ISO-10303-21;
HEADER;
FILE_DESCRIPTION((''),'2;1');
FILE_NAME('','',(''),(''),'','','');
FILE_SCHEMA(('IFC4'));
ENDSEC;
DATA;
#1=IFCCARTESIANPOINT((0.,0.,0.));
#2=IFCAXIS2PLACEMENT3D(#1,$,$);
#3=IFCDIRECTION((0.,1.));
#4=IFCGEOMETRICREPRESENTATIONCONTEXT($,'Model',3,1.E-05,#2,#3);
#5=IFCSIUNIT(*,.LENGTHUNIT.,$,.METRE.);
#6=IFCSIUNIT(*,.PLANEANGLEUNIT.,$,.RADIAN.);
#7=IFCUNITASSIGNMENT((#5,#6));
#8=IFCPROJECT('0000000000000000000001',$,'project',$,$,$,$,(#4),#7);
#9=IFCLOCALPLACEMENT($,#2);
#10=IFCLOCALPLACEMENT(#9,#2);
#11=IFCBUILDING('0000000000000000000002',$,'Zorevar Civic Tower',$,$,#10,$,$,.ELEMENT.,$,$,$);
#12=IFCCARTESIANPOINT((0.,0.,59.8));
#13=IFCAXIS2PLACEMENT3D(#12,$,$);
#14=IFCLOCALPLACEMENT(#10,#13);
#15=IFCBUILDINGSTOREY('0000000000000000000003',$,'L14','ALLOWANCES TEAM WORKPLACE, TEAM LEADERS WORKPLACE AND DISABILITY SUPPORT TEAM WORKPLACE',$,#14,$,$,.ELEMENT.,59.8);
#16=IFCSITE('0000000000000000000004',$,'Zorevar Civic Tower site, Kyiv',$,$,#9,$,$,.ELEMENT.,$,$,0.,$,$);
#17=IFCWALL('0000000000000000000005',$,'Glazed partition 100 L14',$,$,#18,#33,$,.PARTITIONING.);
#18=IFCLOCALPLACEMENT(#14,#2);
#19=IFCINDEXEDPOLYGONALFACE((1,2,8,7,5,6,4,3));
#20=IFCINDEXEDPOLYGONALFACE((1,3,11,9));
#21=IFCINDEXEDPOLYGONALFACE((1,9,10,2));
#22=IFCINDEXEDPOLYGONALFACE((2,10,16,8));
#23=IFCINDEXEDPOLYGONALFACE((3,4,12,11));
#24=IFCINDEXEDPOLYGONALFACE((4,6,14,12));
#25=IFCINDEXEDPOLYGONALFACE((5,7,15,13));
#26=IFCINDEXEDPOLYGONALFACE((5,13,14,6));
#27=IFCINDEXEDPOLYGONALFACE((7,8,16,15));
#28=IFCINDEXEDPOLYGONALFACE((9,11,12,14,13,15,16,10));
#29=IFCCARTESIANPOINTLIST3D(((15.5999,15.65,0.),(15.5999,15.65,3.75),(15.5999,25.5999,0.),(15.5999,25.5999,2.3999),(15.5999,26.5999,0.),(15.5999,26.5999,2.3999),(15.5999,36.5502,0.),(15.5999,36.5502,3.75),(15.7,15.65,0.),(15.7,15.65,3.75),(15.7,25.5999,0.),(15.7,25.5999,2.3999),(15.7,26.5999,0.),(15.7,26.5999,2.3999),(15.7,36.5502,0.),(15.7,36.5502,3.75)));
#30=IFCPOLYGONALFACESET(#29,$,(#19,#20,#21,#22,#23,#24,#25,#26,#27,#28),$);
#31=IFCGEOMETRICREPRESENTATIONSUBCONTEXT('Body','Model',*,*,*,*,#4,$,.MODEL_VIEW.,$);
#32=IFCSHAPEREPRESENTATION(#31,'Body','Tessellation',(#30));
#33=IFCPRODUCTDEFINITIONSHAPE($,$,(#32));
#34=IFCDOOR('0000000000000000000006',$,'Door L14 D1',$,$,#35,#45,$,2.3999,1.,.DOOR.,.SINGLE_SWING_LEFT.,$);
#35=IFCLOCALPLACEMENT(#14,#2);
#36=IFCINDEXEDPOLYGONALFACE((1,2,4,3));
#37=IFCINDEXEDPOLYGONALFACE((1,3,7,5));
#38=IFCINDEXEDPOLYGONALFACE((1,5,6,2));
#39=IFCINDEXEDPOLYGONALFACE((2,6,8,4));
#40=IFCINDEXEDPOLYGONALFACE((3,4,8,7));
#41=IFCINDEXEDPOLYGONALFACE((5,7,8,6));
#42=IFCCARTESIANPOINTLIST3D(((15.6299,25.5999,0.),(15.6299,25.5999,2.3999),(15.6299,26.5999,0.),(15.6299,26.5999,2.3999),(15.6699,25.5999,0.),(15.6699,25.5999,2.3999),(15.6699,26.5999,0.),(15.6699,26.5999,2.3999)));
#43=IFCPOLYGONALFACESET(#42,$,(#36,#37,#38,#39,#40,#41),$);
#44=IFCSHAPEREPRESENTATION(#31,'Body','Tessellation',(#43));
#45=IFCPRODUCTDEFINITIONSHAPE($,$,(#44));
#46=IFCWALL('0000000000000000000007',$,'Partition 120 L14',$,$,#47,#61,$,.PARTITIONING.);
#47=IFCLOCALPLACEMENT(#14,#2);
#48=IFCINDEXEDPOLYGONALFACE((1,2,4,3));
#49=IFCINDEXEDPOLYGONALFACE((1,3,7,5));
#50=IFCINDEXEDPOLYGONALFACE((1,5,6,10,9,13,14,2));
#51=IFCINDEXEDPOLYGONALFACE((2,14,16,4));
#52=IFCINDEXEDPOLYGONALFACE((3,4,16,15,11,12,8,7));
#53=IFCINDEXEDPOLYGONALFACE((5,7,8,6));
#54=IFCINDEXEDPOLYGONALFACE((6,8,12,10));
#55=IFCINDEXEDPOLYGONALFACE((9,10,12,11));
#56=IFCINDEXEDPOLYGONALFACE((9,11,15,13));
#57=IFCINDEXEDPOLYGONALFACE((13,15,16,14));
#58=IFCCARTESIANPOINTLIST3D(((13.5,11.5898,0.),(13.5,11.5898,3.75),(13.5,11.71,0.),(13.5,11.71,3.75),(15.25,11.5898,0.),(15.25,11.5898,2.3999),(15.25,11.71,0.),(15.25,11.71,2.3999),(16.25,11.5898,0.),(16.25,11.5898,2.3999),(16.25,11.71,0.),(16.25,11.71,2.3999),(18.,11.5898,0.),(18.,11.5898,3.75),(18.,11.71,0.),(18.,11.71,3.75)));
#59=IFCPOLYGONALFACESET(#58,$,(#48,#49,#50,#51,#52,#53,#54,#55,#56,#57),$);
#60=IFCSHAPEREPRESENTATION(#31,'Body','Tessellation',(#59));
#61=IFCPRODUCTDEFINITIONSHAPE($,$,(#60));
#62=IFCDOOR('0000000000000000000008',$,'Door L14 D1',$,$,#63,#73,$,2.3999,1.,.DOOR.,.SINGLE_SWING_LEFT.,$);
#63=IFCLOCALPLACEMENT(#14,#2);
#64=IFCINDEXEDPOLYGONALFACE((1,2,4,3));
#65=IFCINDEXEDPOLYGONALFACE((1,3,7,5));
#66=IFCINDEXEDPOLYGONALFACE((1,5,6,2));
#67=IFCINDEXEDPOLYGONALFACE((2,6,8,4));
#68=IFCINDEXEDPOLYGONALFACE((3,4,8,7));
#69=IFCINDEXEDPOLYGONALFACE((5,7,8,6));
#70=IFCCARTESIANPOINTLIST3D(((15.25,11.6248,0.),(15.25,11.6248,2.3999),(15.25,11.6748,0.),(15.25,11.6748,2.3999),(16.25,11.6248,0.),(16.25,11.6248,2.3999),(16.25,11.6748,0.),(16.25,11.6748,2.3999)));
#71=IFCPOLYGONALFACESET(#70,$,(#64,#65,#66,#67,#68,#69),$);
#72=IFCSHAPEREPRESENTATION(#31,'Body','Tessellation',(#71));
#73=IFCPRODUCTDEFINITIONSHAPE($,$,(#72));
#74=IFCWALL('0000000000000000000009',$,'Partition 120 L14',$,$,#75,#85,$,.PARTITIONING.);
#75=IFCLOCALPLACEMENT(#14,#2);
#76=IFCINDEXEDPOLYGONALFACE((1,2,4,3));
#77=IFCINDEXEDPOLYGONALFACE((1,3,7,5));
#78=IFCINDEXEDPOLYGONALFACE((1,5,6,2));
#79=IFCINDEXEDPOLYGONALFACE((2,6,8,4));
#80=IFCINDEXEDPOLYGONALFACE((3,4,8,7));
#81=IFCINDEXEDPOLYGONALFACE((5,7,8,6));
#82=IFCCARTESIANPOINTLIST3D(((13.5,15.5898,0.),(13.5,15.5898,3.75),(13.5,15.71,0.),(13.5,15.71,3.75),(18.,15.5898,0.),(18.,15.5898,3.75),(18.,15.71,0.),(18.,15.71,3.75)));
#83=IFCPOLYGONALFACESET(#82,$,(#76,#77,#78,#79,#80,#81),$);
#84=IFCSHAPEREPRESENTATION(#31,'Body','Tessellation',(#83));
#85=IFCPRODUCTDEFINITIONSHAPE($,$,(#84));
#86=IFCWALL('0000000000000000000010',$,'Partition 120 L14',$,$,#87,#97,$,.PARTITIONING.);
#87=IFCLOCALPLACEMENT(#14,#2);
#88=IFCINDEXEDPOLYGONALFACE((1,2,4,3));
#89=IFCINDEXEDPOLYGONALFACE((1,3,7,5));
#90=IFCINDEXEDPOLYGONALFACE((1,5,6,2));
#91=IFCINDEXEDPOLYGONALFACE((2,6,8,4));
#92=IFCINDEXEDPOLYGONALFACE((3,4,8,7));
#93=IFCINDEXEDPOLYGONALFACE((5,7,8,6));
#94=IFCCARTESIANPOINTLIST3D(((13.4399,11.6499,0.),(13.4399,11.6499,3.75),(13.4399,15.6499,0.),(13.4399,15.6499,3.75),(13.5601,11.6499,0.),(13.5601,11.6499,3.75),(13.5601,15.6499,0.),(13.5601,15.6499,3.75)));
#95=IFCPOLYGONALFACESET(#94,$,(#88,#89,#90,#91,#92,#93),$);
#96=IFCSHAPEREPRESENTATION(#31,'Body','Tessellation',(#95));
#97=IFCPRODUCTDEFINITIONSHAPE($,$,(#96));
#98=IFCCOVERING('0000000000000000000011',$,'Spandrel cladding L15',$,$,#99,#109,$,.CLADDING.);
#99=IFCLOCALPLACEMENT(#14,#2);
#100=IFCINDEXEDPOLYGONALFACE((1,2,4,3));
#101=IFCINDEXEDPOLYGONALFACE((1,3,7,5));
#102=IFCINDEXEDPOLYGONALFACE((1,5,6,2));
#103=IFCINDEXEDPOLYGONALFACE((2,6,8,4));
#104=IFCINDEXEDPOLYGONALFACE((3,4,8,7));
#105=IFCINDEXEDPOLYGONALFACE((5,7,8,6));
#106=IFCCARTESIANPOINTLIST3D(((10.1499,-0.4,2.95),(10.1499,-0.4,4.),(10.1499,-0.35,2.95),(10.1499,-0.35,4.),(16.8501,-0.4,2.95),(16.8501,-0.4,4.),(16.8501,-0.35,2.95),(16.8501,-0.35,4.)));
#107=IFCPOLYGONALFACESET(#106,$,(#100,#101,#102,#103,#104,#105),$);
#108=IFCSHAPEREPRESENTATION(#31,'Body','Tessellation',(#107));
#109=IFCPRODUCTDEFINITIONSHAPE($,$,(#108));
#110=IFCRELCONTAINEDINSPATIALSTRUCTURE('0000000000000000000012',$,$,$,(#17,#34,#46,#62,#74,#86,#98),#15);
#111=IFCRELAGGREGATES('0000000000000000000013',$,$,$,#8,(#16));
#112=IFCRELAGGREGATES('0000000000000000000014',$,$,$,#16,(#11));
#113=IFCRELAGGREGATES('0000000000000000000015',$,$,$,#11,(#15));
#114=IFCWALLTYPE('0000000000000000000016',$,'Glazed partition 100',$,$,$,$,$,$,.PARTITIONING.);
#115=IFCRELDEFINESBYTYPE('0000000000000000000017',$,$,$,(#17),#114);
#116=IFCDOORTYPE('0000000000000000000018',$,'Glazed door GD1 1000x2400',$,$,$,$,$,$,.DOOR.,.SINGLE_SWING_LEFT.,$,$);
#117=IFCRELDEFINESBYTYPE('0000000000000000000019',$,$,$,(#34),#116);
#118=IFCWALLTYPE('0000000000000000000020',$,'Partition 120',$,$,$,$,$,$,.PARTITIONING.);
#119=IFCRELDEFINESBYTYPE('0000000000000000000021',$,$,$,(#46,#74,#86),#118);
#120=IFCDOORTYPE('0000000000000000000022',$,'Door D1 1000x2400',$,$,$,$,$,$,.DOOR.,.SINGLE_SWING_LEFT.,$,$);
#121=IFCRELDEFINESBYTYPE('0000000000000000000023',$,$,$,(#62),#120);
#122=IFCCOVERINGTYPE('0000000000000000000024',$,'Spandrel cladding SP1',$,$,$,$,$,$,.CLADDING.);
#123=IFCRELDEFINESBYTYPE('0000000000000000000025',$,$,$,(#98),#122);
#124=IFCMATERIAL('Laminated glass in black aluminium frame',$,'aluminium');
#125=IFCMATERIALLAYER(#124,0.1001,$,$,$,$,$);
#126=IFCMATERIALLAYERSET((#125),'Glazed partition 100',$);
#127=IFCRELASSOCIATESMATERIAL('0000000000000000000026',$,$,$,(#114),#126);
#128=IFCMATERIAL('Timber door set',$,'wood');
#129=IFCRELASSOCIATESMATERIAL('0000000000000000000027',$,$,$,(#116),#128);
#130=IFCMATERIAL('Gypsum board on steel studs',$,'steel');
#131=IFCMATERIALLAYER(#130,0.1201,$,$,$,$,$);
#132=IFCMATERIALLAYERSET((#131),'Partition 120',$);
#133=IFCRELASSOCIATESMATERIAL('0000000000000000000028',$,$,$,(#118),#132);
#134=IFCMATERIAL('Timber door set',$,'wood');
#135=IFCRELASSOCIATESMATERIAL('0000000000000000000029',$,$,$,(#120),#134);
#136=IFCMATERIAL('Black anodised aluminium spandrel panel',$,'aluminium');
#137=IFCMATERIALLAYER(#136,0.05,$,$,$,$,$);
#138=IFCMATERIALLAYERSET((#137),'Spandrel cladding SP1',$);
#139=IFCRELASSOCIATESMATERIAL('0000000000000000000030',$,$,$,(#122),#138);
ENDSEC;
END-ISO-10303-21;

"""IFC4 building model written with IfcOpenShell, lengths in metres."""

from ifc_helpers import new_model, si_unit, direction, frame, frame_2d, origin, place, context, subcontext, project, spatial, rectangle, extrude, material, layer, layer_set, type_object, element, fill, save


model = new_model("IFC4")

# Units and contexts
model_context = context("Model", 3, precision=1e-05, world=origin(), true_north=direction((0.0, 1.0)))
body_context = subcontext(model_context, "Body", "Model", "MODEL_VIEW")
ifc_project = project(units=[si_unit("LENGTHUNIT", "METRE"), si_unit("PLANEANGLEUNIT", "RADIAN")], contexts=[model_context])

# Site, building, storey
site_placement = place(None, origin())
site = spatial("IfcSite", under=ifc_project, at=site_placement, Name="Zorevar Civic Tower site, Kyiv", CompositionType="ELEMENT", RefElevation=0.0)
building_placement = place(site_placement, origin())
building = spatial("IfcBuilding", under=site, at=building_placement, Name="Zorevar Civic Tower", CompositionType="ELEMENT")
storey_placement = place(building_placement, frame((0.0, 0.0, 59.8)))
storey = spatial("IfcBuildingStorey", under=building, at=storey_placement, Name="L14", Description="ALLOWANCES TEAM WORKPLACE, TEAM LEADERS WORKPLACE AND DISABILITY SUPPORT TEAM WORKPLACE", CompositionType="ELEMENT", Elevation=59.8)

# Walls, openings, doors
ifc_material_1 = material(Name="Laminated glass in black aluminium frame", Category="aluminium")
ifc_layer_1 = layer(ifc_material_1, 0.1001)
ifc_layer_set_1 = layer_set([ifc_layer_1], Name="Glazed partition 100")
wall_type_1 = type_object("IfcWallType", Name="Glazed partition 100", PredefinedType="PARTITIONING", material=ifc_layer_set_1)
wall_1_placement = place(storey_placement, frame((15.6499, 15.6499, 0.0), z_axis=(0.0, 0.0, 1.0), x_axis=(0.0, 1.0, 0.0)))
wall_1 = element("IfcWall", 1, at=wall_1_placement, inside=storey, type_object=wall_type_1, Name="Glazed partition 100 L14", PredefinedType="PARTITIONING", context=body_context, shape_type="SweptSolid", body=[
    extrude(rectangle(XDim=20.9001, YDim=0.1001, at=frame_2d((10.4502, 0.0))), origin(), (0.0, 0.0, 1.0), 3.75),
])
opening_1_placement = place(wall_1_placement, frame((9.95, 0.0, 0.0)))
opening_1 = element("IfcOpeningElement", 2, at=opening_1_placement, cuts=wall_1, PredefinedType="OPENING", context=body_context, shape_type="SweptSolid", body=[
    extrude(rectangle(XDim=1.0, YDim=2.3999, at=frame_2d((0.5, 1.2))), frame((0.0, 0.0601, 0.0), z_axis=(0.0, -1.0, 0.0), x_axis=(1.0, 0.0, 0.0)), (0.0, 0.0, 1.0), 0.1201),
])
ifc_material_2 = material(Name="Timber door set", Category="wood")
door_type_1 = type_object("IfcDoorType", Name="Glazed door GD1 1000x2400", OperationType="SINGLE_SWING_LEFT", PredefinedType="DOOR", material=ifc_material_2)
door_1_placement = place(opening_1_placement, origin())
door_1 = element("IfcDoor", 3, at=door_1_placement, inside=storey, type_object=door_type_1, Name="Door L14 D1", OperationType="SINGLE_SWING_LEFT", OverallHeight=2.3999, OverallWidth=1.0, PredefinedType="DOOR", context=body_context, shape_type="SweptSolid", body=[
    extrude(rectangle(XDim=1.0, YDim=2.3999, at=frame_2d((0.5, 1.2))), frame((0.0, 0.02, 0.0), z_axis=(0.0, -1.0, 0.0), x_axis=(1.0, 0.0, 0.0)), (0.0, 0.0, 1.0), 0.04),
])
fill(opening_1, door_1)
ifc_material_3 = material(Name="Gypsum board on steel studs", Category="steel")
ifc_layer_2 = layer(ifc_material_3, 0.1201)
ifc_layer_set_2 = layer_set([ifc_layer_2], Name="Partition 120")
wall_type_2 = type_object("IfcWallType", Name="Partition 120", PredefinedType="PARTITIONING", material=ifc_layer_set_2)
wall_2_placement = place(storey_placement, frame((13.5, 11.6499, 0.0), z_axis=(0.0, 0.0, 1.0), x_axis=(1.0, 0.0, 0.0)))
wall_2 = element("IfcWall", 4, at=wall_2_placement, inside=storey, type_object=wall_type_2, Name="Partition 120 L14", PredefinedType="PARTITIONING", context=body_context, shape_type="SweptSolid", body=[
    extrude(rectangle(XDim=4.5, YDim=0.1201, at=frame_2d((2.25, 0.0))), origin(), (0.0, 0.0, 1.0), 3.75),
])
opening_2_placement = place(wall_2_placement, frame((1.75, 0.0, 0.0)))
opening_2 = element("IfcOpeningElement", 5, at=opening_2_placement, cuts=wall_2, PredefinedType="OPENING", context=body_context, shape_type="SweptSolid", body=[
    extrude(rectangle(XDim=1.0, YDim=2.3999, at=frame_2d((0.5, 1.2))), frame((0.0, 0.0701, 0.0), z_axis=(0.0, -1.0, 0.0), x_axis=(1.0, 0.0, 0.0)), (0.0, 0.0, 1.0), 0.1401),
])
ifc_material_4 = material(Name="Timber door set", Category="wood")
door_type_2 = type_object("IfcDoorType", Name="Door D1 1000x2400", OperationType="SINGLE_SWING_LEFT", PredefinedType="DOOR", material=ifc_material_4)
door_2_placement = place(opening_2_placement, origin())
door_2 = element("IfcDoor", 6, at=door_2_placement, inside=storey, type_object=door_type_2, Name="Door L14 D1", OperationType="SINGLE_SWING_LEFT", OverallHeight=2.3999, OverallWidth=1.0, PredefinedType="DOOR", context=body_context, shape_type="SweptSolid", body=[
    extrude(rectangle(XDim=1.0, YDim=2.3999, at=frame_2d((0.5, 1.2))), frame((0.0, 0.0249, 0.0), z_axis=(0.0, -1.0, 0.0), x_axis=(1.0, 0.0, 0.0)), (0.0, 0.0, 1.0), 0.05),
])
fill(opening_2, door_2)

# Walls
wall_3_placement = place(storey_placement, frame((13.5, 15.6499, 0.0), z_axis=(0.0, 0.0, 1.0), x_axis=(1.0, 0.0, 0.0)))
element("IfcWall", 7, at=wall_3_placement, inside=storey, type_object=wall_type_2, Name="Partition 120 L14", PredefinedType="PARTITIONING", context=body_context, shape_type="SweptSolid", body=[
    extrude(rectangle(XDim=4.5, YDim=0.1201, at=frame_2d((2.25, 0.0))), origin(), (0.0, 0.0, 1.0), 3.75),
])
wall_4_placement = place(storey_placement, frame((13.5, 11.6499, 0.0), z_axis=(0.0, 0.0, 1.0), x_axis=(0.0, 1.0, 0.0)))
element("IfcWall", 8, at=wall_4_placement, inside=storey, type_object=wall_type_2, Name="Partition 120 L14", PredefinedType="PARTITIONING", context=body_context, shape_type="SweptSolid", body=[
    extrude(rectangle(XDim=4.0, YDim=0.1201, at=frame_2d((2.0, 0.0))), origin(), (0.0, 0.0, 1.0), 3.75),
])

# Covering
ifc_material_5 = material(Name="Black anodised aluminium spandrel panel", Category="aluminium")
ifc_layer_3 = layer(ifc_material_5, 0.05)
ifc_layer_set_3 = layer_set([ifc_layer_3], Name="Spandrel cladding SP1")
covering_type = type_object("IfcCoveringType", Name="Spandrel cladding SP1", PredefinedType="CLADDING", material=ifc_layer_set_3)
covering_placement = place(storey_placement, frame((10.1499, -0.375, 2.95), z_axis=(0.0, 0.0, 1.0), x_axis=(1.0, 0.0, 0.0)))
element("IfcCovering", 9, at=covering_placement, inside=storey, type_object=covering_type, Name="Spandrel cladding L15", PredefinedType="CLADDING", context=body_context, shape_type="SweptSolid", body=[
    extrude(rectangle(XDim=6.7002, YDim=0.05, at=frame_2d((3.3501, 0.0))), origin(), (0.0, 0.0, 1.0), 1.05),
])

save(model, "model.ifc")
